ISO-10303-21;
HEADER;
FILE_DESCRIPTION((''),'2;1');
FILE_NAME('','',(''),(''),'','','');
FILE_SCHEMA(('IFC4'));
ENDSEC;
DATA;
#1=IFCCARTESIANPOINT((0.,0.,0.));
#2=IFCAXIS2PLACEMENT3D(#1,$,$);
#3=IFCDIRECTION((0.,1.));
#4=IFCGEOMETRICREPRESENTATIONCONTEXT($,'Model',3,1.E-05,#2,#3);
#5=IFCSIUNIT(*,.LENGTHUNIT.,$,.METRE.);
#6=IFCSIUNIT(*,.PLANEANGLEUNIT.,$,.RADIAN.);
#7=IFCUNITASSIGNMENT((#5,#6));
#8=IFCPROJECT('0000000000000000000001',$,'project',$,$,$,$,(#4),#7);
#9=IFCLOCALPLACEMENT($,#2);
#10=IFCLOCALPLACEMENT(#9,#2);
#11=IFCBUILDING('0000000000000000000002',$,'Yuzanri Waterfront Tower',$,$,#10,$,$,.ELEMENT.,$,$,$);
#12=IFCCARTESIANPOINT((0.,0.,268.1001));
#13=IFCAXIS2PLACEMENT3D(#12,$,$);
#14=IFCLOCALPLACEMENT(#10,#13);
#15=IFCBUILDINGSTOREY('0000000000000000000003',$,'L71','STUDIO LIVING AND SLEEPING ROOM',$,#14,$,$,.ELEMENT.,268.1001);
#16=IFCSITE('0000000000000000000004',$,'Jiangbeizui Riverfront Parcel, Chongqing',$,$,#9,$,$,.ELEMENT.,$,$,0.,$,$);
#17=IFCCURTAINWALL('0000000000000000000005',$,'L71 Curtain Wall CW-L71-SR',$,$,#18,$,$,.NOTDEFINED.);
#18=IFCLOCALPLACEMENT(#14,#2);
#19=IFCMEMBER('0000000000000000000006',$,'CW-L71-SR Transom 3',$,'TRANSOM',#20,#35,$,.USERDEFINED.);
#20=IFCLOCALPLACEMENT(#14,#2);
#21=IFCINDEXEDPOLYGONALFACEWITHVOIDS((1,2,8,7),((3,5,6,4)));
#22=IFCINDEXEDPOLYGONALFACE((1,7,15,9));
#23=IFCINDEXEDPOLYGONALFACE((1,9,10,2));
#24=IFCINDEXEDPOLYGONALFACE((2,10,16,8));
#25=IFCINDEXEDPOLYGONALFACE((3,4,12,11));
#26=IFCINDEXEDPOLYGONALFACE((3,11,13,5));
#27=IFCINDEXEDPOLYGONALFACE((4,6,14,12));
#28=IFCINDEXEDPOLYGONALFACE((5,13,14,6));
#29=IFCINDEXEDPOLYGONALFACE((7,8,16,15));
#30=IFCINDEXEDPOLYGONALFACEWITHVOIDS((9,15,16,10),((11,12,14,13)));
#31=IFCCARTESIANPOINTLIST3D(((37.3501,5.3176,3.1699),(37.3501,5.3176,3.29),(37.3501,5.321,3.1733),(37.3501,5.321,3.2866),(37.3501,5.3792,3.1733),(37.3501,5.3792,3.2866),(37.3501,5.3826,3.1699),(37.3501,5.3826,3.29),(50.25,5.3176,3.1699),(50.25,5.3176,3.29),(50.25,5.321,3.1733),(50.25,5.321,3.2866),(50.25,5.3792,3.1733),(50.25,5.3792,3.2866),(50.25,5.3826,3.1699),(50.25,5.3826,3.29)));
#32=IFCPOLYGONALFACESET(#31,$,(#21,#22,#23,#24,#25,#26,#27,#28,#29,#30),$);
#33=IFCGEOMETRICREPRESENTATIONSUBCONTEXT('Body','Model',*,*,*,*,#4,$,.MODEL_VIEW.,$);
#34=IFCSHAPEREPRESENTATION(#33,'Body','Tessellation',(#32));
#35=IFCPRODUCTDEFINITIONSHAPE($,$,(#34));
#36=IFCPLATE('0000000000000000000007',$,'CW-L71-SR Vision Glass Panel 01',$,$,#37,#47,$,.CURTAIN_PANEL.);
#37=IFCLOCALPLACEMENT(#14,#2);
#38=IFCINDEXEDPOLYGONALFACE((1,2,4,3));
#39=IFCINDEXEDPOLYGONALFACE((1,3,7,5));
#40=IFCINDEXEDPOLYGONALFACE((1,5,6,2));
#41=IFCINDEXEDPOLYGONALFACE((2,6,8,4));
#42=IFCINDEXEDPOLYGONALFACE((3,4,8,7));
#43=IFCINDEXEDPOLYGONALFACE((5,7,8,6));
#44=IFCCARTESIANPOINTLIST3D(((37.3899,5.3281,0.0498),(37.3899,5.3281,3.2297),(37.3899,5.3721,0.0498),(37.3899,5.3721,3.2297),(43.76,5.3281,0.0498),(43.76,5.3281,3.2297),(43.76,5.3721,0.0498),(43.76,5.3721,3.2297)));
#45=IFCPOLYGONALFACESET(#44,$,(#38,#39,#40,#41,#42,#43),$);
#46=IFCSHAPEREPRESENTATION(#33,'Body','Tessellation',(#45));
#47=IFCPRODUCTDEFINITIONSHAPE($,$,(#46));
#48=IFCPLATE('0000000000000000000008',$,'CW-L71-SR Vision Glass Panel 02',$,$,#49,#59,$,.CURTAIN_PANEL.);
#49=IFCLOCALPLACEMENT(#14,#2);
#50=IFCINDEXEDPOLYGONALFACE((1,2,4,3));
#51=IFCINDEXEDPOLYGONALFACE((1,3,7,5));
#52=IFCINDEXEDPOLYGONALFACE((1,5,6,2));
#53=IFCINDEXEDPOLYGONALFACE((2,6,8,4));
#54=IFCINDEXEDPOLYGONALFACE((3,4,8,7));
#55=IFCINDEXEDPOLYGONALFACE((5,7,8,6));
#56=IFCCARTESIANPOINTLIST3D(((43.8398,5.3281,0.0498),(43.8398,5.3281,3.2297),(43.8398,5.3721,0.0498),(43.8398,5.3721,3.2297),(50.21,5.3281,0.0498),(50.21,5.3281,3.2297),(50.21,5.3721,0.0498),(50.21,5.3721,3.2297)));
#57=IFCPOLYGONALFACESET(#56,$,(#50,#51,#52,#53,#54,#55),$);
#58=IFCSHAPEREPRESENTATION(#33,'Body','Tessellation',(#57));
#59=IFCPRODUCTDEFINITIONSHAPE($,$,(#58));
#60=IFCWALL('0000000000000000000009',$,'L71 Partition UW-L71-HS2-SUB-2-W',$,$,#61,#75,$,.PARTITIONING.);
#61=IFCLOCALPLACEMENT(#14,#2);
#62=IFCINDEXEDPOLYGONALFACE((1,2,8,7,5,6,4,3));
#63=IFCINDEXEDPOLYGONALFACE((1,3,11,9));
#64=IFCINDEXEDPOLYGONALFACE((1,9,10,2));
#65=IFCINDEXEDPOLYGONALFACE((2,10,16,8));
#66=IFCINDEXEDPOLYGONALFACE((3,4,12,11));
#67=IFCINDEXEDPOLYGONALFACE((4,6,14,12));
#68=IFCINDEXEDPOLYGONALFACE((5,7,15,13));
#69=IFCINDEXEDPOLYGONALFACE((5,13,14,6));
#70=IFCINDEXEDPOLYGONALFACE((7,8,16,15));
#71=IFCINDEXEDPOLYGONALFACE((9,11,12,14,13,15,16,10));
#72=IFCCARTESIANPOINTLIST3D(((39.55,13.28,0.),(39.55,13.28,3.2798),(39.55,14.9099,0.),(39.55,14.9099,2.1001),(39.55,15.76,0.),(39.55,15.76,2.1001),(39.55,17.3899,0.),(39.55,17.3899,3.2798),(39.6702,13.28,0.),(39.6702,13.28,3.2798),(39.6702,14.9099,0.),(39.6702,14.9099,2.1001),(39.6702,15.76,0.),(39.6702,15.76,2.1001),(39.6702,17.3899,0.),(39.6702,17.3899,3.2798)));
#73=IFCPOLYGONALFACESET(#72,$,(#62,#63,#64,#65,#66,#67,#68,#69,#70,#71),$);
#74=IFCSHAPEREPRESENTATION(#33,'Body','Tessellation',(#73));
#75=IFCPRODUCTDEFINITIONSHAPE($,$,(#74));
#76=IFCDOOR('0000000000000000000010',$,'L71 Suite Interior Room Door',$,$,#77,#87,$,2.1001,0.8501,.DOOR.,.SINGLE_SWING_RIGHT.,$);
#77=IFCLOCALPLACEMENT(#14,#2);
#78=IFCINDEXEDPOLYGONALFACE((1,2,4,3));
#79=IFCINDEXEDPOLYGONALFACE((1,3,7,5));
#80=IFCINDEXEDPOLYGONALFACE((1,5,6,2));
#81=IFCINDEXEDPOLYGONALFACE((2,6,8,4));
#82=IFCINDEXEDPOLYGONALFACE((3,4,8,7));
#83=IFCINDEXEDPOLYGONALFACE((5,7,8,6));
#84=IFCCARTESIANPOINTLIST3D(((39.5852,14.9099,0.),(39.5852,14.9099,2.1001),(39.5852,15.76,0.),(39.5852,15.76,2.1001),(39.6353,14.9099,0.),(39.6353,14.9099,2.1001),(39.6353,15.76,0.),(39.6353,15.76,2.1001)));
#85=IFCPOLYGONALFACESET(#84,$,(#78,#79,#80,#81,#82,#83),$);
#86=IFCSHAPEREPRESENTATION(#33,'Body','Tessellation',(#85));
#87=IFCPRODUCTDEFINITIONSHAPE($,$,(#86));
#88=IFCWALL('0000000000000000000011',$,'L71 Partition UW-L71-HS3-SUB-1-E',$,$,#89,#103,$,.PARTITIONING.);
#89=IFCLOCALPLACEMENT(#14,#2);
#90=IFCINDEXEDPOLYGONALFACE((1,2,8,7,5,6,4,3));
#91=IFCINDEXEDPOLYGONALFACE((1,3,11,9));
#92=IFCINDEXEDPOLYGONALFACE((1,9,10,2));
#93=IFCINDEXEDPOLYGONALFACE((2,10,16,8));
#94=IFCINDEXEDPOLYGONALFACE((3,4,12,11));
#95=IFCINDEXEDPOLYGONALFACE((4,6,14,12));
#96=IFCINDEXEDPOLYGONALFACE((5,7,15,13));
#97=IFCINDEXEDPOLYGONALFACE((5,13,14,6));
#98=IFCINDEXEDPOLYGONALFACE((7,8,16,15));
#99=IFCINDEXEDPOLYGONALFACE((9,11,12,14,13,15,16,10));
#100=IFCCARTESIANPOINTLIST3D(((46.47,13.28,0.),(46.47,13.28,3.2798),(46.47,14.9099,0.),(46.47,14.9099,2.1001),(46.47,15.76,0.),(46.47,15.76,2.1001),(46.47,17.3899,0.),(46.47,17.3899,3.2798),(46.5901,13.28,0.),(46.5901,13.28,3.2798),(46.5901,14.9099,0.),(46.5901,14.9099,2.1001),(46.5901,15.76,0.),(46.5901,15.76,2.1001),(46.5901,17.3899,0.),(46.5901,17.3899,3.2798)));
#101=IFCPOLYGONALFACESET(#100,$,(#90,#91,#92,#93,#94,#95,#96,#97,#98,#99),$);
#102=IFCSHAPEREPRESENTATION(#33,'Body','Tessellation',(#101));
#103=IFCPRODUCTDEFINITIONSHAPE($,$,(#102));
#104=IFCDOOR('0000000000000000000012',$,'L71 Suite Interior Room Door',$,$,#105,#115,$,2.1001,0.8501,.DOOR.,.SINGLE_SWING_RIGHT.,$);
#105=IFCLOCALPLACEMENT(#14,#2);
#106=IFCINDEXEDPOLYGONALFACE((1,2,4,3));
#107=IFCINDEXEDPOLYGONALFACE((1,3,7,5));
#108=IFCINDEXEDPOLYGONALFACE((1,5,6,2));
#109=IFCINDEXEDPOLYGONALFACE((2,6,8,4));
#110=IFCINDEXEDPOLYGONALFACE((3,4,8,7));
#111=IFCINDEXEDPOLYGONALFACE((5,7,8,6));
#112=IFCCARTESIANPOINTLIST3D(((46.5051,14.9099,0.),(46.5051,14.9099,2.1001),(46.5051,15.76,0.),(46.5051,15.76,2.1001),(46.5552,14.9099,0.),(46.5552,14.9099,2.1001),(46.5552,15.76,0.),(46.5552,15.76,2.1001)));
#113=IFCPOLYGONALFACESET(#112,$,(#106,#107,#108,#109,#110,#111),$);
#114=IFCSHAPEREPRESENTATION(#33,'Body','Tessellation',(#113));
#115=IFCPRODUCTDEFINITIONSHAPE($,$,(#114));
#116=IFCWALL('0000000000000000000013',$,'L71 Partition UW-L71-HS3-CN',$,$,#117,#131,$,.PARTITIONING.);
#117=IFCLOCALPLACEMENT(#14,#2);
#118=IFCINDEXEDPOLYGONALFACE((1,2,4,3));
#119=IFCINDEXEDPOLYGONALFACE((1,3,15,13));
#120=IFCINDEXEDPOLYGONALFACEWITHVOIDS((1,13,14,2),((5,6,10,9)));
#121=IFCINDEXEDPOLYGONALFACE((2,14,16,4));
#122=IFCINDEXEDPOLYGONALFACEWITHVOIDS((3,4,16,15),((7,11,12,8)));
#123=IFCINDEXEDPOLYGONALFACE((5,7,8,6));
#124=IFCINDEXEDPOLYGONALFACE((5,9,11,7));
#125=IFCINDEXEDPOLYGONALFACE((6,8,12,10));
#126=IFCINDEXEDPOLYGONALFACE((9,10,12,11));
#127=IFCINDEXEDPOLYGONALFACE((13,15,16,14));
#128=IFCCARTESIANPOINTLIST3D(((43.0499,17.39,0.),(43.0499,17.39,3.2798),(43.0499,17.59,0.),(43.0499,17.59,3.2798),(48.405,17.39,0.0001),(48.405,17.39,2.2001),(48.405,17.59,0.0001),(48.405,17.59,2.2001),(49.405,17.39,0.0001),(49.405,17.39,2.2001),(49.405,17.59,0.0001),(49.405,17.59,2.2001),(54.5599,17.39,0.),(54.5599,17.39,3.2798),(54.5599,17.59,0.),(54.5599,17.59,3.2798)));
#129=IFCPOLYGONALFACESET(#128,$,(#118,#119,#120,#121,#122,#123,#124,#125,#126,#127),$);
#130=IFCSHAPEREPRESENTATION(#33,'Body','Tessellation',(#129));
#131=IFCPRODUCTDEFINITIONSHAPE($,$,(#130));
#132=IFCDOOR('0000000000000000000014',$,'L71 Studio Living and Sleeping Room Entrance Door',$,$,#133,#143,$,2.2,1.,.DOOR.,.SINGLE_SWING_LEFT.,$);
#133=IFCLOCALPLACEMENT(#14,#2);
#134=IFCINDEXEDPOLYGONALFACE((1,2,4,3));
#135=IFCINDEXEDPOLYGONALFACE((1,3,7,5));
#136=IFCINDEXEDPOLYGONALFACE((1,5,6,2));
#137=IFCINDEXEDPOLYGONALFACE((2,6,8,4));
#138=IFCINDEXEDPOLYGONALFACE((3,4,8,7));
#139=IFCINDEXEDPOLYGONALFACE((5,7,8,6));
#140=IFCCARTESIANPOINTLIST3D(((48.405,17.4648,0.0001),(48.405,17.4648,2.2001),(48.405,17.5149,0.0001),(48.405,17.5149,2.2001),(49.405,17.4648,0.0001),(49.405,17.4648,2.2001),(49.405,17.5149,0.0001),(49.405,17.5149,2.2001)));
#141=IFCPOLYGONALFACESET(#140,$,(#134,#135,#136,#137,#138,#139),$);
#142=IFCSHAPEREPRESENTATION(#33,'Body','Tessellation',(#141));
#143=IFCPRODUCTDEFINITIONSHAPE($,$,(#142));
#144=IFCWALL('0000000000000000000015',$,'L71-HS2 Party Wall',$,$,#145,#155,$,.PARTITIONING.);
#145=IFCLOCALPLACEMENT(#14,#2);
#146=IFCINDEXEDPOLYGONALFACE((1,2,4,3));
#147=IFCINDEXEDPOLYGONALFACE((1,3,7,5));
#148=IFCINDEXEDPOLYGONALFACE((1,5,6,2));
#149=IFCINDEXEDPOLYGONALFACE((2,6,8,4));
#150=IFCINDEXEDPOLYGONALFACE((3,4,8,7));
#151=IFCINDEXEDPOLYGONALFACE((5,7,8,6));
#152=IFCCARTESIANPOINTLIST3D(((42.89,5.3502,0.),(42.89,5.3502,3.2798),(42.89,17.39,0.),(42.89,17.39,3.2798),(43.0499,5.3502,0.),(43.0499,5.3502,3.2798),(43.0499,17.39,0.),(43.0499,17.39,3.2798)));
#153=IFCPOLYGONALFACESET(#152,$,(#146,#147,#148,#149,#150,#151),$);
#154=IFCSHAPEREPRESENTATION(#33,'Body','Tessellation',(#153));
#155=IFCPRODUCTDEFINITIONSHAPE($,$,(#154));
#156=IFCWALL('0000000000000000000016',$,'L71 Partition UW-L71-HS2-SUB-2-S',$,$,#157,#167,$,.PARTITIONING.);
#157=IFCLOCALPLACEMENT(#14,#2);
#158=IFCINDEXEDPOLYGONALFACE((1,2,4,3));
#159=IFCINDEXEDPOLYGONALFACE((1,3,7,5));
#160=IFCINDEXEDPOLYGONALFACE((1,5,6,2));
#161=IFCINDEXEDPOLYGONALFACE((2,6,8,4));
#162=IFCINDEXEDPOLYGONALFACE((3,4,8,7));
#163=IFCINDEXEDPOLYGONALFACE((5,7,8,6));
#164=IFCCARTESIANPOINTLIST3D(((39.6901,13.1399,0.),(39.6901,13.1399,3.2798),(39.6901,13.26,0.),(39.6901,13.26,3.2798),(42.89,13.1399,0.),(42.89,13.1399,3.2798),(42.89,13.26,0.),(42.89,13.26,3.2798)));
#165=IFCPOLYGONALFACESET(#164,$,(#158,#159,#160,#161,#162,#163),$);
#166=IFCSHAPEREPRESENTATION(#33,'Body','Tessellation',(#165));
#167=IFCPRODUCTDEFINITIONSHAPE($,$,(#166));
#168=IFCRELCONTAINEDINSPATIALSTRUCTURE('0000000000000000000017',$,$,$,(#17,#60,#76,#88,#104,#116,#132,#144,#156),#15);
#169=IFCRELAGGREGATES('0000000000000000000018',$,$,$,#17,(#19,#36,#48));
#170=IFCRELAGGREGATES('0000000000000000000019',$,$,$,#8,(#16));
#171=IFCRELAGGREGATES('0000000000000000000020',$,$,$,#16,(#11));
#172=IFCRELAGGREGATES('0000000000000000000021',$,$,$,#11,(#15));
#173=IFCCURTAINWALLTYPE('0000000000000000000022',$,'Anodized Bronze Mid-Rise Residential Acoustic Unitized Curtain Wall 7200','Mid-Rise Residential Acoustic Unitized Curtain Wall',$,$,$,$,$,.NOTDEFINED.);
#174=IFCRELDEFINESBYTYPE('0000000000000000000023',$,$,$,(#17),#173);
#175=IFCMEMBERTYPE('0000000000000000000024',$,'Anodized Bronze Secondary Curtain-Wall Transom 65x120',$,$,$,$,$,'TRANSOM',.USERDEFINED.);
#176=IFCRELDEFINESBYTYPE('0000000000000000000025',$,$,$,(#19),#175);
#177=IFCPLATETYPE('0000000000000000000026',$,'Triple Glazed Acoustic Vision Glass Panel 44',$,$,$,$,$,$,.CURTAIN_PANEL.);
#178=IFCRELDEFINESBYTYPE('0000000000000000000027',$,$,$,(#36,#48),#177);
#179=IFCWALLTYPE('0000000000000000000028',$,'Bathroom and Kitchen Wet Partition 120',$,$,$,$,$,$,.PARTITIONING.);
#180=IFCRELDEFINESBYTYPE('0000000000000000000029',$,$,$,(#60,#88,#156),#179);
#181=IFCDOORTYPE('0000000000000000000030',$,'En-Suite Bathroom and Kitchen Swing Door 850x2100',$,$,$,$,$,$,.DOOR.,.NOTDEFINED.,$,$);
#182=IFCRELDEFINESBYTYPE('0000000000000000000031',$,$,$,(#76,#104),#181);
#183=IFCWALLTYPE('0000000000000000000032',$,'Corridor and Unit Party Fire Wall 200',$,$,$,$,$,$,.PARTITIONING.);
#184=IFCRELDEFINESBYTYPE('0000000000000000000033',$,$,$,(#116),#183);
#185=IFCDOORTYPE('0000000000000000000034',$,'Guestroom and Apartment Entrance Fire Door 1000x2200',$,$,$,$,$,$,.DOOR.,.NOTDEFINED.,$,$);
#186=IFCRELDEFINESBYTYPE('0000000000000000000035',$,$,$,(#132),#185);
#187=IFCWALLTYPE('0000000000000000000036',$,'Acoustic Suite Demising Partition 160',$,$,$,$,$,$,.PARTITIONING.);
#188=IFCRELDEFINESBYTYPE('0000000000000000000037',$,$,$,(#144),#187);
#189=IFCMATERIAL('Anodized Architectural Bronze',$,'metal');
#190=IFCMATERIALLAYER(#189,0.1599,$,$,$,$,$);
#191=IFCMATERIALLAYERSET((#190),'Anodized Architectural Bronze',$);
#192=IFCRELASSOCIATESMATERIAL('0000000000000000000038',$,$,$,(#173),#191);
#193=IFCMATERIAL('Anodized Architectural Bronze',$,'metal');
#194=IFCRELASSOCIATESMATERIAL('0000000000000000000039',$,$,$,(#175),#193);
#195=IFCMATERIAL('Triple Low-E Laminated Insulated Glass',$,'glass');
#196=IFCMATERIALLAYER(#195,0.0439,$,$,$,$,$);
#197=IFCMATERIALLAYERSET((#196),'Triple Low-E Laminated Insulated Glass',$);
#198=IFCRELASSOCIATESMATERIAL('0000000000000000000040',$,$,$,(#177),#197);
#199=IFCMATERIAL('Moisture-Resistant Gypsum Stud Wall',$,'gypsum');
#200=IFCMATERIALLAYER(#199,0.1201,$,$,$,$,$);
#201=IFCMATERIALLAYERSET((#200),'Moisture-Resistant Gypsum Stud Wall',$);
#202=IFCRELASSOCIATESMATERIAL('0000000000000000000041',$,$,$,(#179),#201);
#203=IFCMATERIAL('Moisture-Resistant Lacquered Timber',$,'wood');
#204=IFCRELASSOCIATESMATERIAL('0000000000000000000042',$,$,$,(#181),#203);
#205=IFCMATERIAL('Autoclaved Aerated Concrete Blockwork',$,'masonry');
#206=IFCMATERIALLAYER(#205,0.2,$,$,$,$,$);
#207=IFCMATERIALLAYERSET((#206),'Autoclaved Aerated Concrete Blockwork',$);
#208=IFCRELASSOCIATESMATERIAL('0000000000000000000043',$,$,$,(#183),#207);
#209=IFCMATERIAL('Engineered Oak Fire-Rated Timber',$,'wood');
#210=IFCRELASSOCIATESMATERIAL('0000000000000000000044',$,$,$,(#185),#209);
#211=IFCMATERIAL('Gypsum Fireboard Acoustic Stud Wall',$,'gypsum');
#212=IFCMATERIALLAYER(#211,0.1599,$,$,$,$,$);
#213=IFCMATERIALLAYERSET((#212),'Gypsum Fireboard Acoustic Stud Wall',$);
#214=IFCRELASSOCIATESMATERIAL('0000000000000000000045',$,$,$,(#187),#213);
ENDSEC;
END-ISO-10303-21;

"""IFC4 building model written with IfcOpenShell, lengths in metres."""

from ifc_helpers import new_model, si_unit, direction, frame, frame_2d, origin, origin_2d, place, context, subcontext, project, spatial, rectangle, hollow_rectangle, extrude, source, transform, mapped, material, layer, layer_set, material_profile, profile_set, type_object, element, fill, aggregate, save


model = new_model("IFC4")

# Units and contexts
model_context = context("Model", 3, precision=1e-05, world=origin(), true_north=direction((0.0, 1.0)))
body_context = subcontext(model_context, "Body", "Model", "MODEL_VIEW")
ifc_project = project(units=[si_unit("LENGTHUNIT", "METRE"), si_unit("PLANEANGLEUNIT", "RADIAN")], contexts=[model_context])

# Site, building, storey
site_placement = place(None, origin())
site = spatial("IfcSite", under=ifc_project, at=site_placement, Name="Jiangbeizui Riverfront Parcel, Chongqing", CompositionType="ELEMENT", RefElevation=0.0)
building_placement = place(site_placement, origin())
building = spatial("IfcBuilding", under=site, at=building_placement, Name="Yuzanri Waterfront Tower", CompositionType="ELEMENT")
storey_placement = place(building_placement, frame((0.0, 0.0, 268.1001)))
storey = spatial("IfcBuildingStorey", under=building, at=storey_placement, Name="L71", Description="STUDIO LIVING AND SLEEPING ROOM", CompositionType="ELEMENT", Elevation=268.1001)

# Curtain wall, member, plates
ifc_material_1 = material(Name="Anodized Architectural Bronze", Category="metal")
ifc_layer_1 = layer(ifc_material_1, 0.1599)
ifc_layer_set_1 = layer_set([ifc_layer_1], Name="Anodized Architectural Bronze")
curtain_wall_type = type_object("IfcCurtainWallType", Name="Anodized Bronze Mid-Rise Residential Acoustic Unitized Curtain Wall 7200", Description="Mid-Rise Residential Acoustic Unitized Curtain Wall", PredefinedType="NOTDEFINED", material=ifc_layer_set_1)
curtain_wall_placement = place(storey_placement, origin())
curtain_wall = element("IfcCurtainWall", 1, at=curtain_wall_placement, inside=storey, type_object=curtain_wall_type, Name="L71 Curtain Wall CW-L71-SR", PredefinedType="NOTDEFINED")
ifc_material_2 = material(Name="Anodized Architectural Bronze", Category="metal")
ifc_material_profile_1 = material_profile(ifc_material_2, hollow_rectangle(XDim=0.0649, YDim=0.1201, WallThickness=0.0034, at=origin_2d()), Name="CWT 65x120")
ifc_profile_set_1 = profile_set([ifc_material_profile_1], Name="Anodized Architectural Bronze")
member_type_1 = type_object("IfcMemberType", Name="Anodized Bronze Secondary Curtain-Wall Transom 65x120", ElementType="TRANSOM", PredefinedType="USERDEFINED", material=ifc_profile_set_1)
shared_shape_1 = source(origin(), body_context, "Body", "SweptSolid", [
    extrude(hollow_rectangle(XDim=0.0649, YDim=0.1201, WallThickness=0.0034, at=origin_2d()), origin(), (0.0, 0.0, 1.0), 12.8999),
])
member_1_placement = place(storey_placement, frame((37.3501, 5.3501, 3.23), z_axis=(1.0, 0.0, 0.0), x_axis=(0.0, 1.0, 0.0)))
member_1 = element("IfcMember", 2, at=member_1_placement, type_object=member_type_1, Name="CW-L71-SR Transom 3", ObjectType="TRANSOM", PredefinedType="USERDEFINED", context=body_context, shape_type="MappedRepresentation", body=[
    mapped(shared_shape_1, transform((0.0, 0.0, 0.0), scale=1.0)),
])
ifc_material_3 = material(Name="Triple Low-E Laminated Insulated Glass", Category="glass")
ifc_layer_2 = layer(ifc_material_3, 0.0439)
ifc_layer_set_2 = layer_set([ifc_layer_2], Name="Triple Low-E Laminated Insulated Glass")
plate_type = type_object("IfcPlateType", Name="Triple Glazed Acoustic Vision Glass Panel 44", PredefinedType="CURTAIN_PANEL", material=ifc_layer_set_2)
shared_shape_2 = source(origin(), body_context, "Body", "SweptSolid", [
    extrude(rectangle(XDim=6.3701, YDim=0.0439, at=origin_2d()), origin(), (0.0, 0.0, 1.0), 3.1799),
])
plate_1_placement = place(storey_placement, frame((40.575, 5.3501, 0.0498), z_axis=(0.0, 0.0, 1.0), x_axis=(1.0, 0.0, 0.0)))
plate_1 = element("IfcPlate", 3, at=plate_1_placement, type_object=plate_type, Name="CW-L71-SR Vision Glass Panel 01", PredefinedType="CURTAIN_PANEL", context=body_context, shape_type="MappedRepresentation", body=[
    mapped(shared_shape_2, transform((0.0, 0.0, 0.0), scale=1.0)),
])
plate_2_placement = place(storey_placement, frame((47.0249, 5.3501, 0.0498), z_axis=(0.0, 0.0, 1.0), x_axis=(1.0, 0.0, 0.0)))
plate_2 = element("IfcPlate", 4, at=plate_2_placement, type_object=plate_type, Name="CW-L71-SR Vision Glass Panel 02", PredefinedType="CURTAIN_PANEL", context=body_context, shape_type="MappedRepresentation", body=[
    mapped(shared_shape_2, transform((0.0, 0.0, 0.0), scale=1.0)),
])
aggregate(curtain_wall, [member_1, plate_1, plate_2])

# Walls, openings, doors
ifc_material_4 = material(Name="Moisture-Resistant Gypsum Stud Wall", Category="gypsum")
ifc_layer_3 = layer(ifc_material_4, 0.1201)
ifc_layer_set_3 = layer_set([ifc_layer_3], Name="Moisture-Resistant Gypsum Stud Wall")
wall_type_1 = type_object("IfcWallType", Name="Bathroom and Kitchen Wet Partition 120", PredefinedType="PARTITIONING", material=ifc_layer_set_3)
wall_1_placement = place(storey_placement, frame((39.6101, 13.28, 0.0), z_axis=(0.0, 0.0, 1.0), x_axis=(0.0, 1.0, 0.0)))
wall_1 = element("IfcWall", 5, at=wall_1_placement, inside=storey, type_object=wall_type_1, Name="L71 Partition UW-L71-HS2-SUB-2-W", PredefinedType="PARTITIONING", context=body_context, shape_type="SweptSolid", body=[
    extrude(rectangle(XDim=4.1099, YDim=0.1201, at=frame_2d((2.0549, 0.0))), origin(), (0.0, 0.0, 1.0), 3.2798),
])
opening_1_placement = place(wall_1_placement, frame((1.6299, 0.0, 0.0)))
opening_1 = element("IfcOpeningElement", 6, at=opening_1_placement, cuts=wall_1, PredefinedType="OPENING", context=body_context, shape_type="SweptSolid", body=[
    extrude(rectangle(XDim=0.8501, YDim=2.1001, at=frame_2d((0.425, 1.05))), frame((0.0, 0.075, 0.0), z_axis=(0.0, -1.0, 0.0), x_axis=(1.0, 0.0, 0.0)), (0.0, 0.0, 1.0), 0.1499),
])
ifc_material_5 = material(Name="Moisture-Resistant Lacquered Timber", Category="wood")
door_type_1 = type_object("IfcDoorType", Name="En-Suite Bathroom and Kitchen Swing Door 850x2100", OperationType="NOTDEFINED", PredefinedType="DOOR", material=ifc_material_5)
shared_shape_3 = source(origin(), body_context, "Body", "SweptSolid", [
    extrude(rectangle(XDim=0.8501, YDim=2.1001, at=frame_2d((0.425, 1.05))), frame((0.0, 0.0249, 0.0), z_axis=(0.0, -1.0, 0.0), x_axis=(1.0, 0.0, 0.0)), (0.0, 0.0, 1.0), 0.05),
])
door_1_placement = place(opening_1_placement, origin())
door_1 = element("IfcDoor", 7, at=door_1_placement, inside=storey, type_object=door_type_1, Name="L71 Suite Interior Room Door", OperationType="SINGLE_SWING_RIGHT", OverallHeight=2.1001, OverallWidth=0.8501, PredefinedType="DOOR", context=body_context, shape_type="MappedRepresentation", body=[
    mapped(shared_shape_3, transform((0.0, 0.0, 0.0), scale=1.0)),
])
fill(opening_1, door_1)
wall_2_placement = place(storey_placement, frame((46.53, 13.28, 0.0), z_axis=(0.0, 0.0, 1.0), x_axis=(0.0, 1.0, 0.0)))
wall_2 = element("IfcWall", 8, at=wall_2_placement, inside=storey, type_object=wall_type_1, Name="L71 Partition UW-L71-HS3-SUB-1-E", PredefinedType="PARTITIONING", context=body_context, shape_type="SweptSolid", body=[
    extrude(rectangle(XDim=4.1099, YDim=0.1201, at=frame_2d((2.0549, 0.0))), origin(), (0.0, 0.0, 1.0), 3.2798),
])
opening_2_placement = place(wall_2_placement, frame((1.6299, 0.0, 0.0)))
opening_2 = element("IfcOpeningElement", 9, at=opening_2_placement, cuts=wall_2, PredefinedType="OPENING", context=body_context, shape_type="SweptSolid", body=[
    extrude(rectangle(XDim=0.8501, YDim=2.1001, at=frame_2d((0.425, 1.05))), frame((0.0, 0.075, 0.0), z_axis=(0.0, -1.0, 0.0), x_axis=(1.0, 0.0, 0.0)), (0.0, 0.0, 1.0), 0.1499),
])
door_2_placement = place(opening_2_placement, origin())
door_2 = element("IfcDoor", 10, at=door_2_placement, inside=storey, type_object=door_type_1, Name="L71 Suite Interior Room Door", OperationType="SINGLE_SWING_RIGHT", OverallHeight=2.1001, OverallWidth=0.8501, PredefinedType="DOOR", context=body_context, shape_type="MappedRepresentation", body=[
    mapped(shared_shape_3, transform((0.0, 0.0, 0.0), scale=1.0)),
])
fill(opening_2, door_2)
ifc_material_6 = material(Name="Autoclaved Aerated Concrete Blockwork", Category="masonry")
ifc_layer_4 = layer(ifc_material_6, 0.2)
ifc_layer_set_4 = layer_set([ifc_layer_4], Name="Autoclaved Aerated Concrete Blockwork")
wall_type_2 = type_object("IfcWallType", Name="Corridor and Unit Party Fire Wall 200", PredefinedType="PARTITIONING", material=ifc_layer_set_4)
wall_3_placement = place(storey_placement, frame((43.05, 17.49, 0.0), z_axis=(0.0, 0.0, 1.0), x_axis=(1.0, 0.0, 0.0)))
wall_3 = element("IfcWall", 11, at=wall_3_placement, inside=storey, type_object=wall_type_2, Name="L71 Partition UW-L71-HS3-CN", PredefinedType="PARTITIONING", context=body_context, shape_type="SweptSolid", body=[
    extrude(rectangle(XDim=11.51, YDim=0.2, at=frame_2d((5.7549, 0.0))), origin(), (0.0, 0.0, 1.0), 3.2798),
])
opening_3_placement = place(wall_3_placement, frame((5.355, 0.0, 0.0)))
opening_3 = element("IfcOpeningElement", 12, at=opening_3_placement, cuts=wall_3, PredefinedType="OPENING", context=body_context, shape_type="SweptSolid", body=[
    extrude(rectangle(XDim=1.0, YDim=2.2, at=frame_2d((0.5, 1.1001))), frame((0.0, 0.1147, 0.0), z_axis=(0.0, -1.0, 0.0), x_axis=(1.0, 0.0, 0.0)), (0.0, 0.0, 1.0), 0.2297),
])
ifc_material_7 = material(Name="Engineered Oak Fire-Rated Timber", Category="wood")
door_type_2 = type_object("IfcDoorType", Name="Guestroom and Apartment Entrance Fire Door 1000x2200", OperationType="NOTDEFINED", PredefinedType="DOOR", material=ifc_material_7)
shared_shape_4 = source(origin(), body_context, "Body", "SweptSolid", [
    extrude(rectangle(XDim=1.0, YDim=2.2, at=frame_2d((0.5, 1.1001))), frame((0.0, 0.0249, 0.0), z_axis=(0.0, -1.0, 0.0), x_axis=(1.0, 0.0, 0.0)), (0.0, 0.0, 1.0), 0.05),
])
door_3_placement = place(opening_3_placement, origin())
door_3 = element("IfcDoor", 13, at=door_3_placement, inside=storey, type_object=door_type_2, Name="L71 Studio Living and Sleeping Room Entrance Door", OperationType="SINGLE_SWING_LEFT", OverallHeight=2.2, OverallWidth=1.0, PredefinedType="DOOR", context=body_context, shape_type="MappedRepresentation", body=[
    mapped(shared_shape_4, transform((0.0, 0.0, 0.0), scale=1.0)),
])
fill(opening_3, door_3)

# Walls
ifc_material_8 = material(Name="Gypsum Fireboard Acoustic Stud Wall", Category="gypsum")
ifc_layer_5 = layer(ifc_material_8, 0.1599)
ifc_layer_set_5 = layer_set([ifc_layer_5], Name="Gypsum Fireboard Acoustic Stud Wall")
wall_type_3 = type_object("IfcWallType", Name="Acoustic Suite Demising Partition 160", PredefinedType="PARTITIONING", material=ifc_layer_set_5)
shared_shape_5 = source(origin(), body_context, "Body", "SweptSolid", [
    extrude(rectangle(XDim=12.0398, YDim=0.1599, at=frame_2d((6.02, 0.0))), origin(), (0.0, 0.0, 1.0), 3.2798),
])
wall_4_placement = place(storey_placement, frame((42.97, 5.3501, 0.0), z_axis=(0.0, 0.0, 1.0), x_axis=(0.0, 1.0, 0.0)))
element("IfcWall", 14, at=wall_4_placement, inside=storey, type_object=wall_type_3, Name="L71-HS2 Party Wall", PredefinedType="PARTITIONING", context=body_context, shape_type="MappedRepresentation", body=[
    mapped(shared_shape_5, transform((0.0, 0.0, 0.0), scale=1.0)),
])
shared_shape_6 = source(origin(), body_context, "Body", "SweptSolid", [
    extrude(rectangle(XDim=3.2, YDim=0.1201, at=frame_2d((1.6001, 0.0))), origin(), (0.0, 0.0, 1.0), 3.2798),
])
wall_5_placement = place(storey_placement, frame((39.6899, 13.2, 0.0), z_axis=(0.0, 0.0, 1.0), x_axis=(1.0, 0.0, 0.0)))
element("IfcWall", 15, at=wall_5_placement, inside=storey, type_object=wall_type_1, Name="L71 Partition UW-L71-HS2-SUB-2-S", PredefinedType="PARTITIONING", context=body_context, shape_type="MappedRepresentation", body=[
    mapped(shared_shape_6, transform((0.0, 0.0, 0.0), scale=1.0)),
])

save(model, "model.ifc")
